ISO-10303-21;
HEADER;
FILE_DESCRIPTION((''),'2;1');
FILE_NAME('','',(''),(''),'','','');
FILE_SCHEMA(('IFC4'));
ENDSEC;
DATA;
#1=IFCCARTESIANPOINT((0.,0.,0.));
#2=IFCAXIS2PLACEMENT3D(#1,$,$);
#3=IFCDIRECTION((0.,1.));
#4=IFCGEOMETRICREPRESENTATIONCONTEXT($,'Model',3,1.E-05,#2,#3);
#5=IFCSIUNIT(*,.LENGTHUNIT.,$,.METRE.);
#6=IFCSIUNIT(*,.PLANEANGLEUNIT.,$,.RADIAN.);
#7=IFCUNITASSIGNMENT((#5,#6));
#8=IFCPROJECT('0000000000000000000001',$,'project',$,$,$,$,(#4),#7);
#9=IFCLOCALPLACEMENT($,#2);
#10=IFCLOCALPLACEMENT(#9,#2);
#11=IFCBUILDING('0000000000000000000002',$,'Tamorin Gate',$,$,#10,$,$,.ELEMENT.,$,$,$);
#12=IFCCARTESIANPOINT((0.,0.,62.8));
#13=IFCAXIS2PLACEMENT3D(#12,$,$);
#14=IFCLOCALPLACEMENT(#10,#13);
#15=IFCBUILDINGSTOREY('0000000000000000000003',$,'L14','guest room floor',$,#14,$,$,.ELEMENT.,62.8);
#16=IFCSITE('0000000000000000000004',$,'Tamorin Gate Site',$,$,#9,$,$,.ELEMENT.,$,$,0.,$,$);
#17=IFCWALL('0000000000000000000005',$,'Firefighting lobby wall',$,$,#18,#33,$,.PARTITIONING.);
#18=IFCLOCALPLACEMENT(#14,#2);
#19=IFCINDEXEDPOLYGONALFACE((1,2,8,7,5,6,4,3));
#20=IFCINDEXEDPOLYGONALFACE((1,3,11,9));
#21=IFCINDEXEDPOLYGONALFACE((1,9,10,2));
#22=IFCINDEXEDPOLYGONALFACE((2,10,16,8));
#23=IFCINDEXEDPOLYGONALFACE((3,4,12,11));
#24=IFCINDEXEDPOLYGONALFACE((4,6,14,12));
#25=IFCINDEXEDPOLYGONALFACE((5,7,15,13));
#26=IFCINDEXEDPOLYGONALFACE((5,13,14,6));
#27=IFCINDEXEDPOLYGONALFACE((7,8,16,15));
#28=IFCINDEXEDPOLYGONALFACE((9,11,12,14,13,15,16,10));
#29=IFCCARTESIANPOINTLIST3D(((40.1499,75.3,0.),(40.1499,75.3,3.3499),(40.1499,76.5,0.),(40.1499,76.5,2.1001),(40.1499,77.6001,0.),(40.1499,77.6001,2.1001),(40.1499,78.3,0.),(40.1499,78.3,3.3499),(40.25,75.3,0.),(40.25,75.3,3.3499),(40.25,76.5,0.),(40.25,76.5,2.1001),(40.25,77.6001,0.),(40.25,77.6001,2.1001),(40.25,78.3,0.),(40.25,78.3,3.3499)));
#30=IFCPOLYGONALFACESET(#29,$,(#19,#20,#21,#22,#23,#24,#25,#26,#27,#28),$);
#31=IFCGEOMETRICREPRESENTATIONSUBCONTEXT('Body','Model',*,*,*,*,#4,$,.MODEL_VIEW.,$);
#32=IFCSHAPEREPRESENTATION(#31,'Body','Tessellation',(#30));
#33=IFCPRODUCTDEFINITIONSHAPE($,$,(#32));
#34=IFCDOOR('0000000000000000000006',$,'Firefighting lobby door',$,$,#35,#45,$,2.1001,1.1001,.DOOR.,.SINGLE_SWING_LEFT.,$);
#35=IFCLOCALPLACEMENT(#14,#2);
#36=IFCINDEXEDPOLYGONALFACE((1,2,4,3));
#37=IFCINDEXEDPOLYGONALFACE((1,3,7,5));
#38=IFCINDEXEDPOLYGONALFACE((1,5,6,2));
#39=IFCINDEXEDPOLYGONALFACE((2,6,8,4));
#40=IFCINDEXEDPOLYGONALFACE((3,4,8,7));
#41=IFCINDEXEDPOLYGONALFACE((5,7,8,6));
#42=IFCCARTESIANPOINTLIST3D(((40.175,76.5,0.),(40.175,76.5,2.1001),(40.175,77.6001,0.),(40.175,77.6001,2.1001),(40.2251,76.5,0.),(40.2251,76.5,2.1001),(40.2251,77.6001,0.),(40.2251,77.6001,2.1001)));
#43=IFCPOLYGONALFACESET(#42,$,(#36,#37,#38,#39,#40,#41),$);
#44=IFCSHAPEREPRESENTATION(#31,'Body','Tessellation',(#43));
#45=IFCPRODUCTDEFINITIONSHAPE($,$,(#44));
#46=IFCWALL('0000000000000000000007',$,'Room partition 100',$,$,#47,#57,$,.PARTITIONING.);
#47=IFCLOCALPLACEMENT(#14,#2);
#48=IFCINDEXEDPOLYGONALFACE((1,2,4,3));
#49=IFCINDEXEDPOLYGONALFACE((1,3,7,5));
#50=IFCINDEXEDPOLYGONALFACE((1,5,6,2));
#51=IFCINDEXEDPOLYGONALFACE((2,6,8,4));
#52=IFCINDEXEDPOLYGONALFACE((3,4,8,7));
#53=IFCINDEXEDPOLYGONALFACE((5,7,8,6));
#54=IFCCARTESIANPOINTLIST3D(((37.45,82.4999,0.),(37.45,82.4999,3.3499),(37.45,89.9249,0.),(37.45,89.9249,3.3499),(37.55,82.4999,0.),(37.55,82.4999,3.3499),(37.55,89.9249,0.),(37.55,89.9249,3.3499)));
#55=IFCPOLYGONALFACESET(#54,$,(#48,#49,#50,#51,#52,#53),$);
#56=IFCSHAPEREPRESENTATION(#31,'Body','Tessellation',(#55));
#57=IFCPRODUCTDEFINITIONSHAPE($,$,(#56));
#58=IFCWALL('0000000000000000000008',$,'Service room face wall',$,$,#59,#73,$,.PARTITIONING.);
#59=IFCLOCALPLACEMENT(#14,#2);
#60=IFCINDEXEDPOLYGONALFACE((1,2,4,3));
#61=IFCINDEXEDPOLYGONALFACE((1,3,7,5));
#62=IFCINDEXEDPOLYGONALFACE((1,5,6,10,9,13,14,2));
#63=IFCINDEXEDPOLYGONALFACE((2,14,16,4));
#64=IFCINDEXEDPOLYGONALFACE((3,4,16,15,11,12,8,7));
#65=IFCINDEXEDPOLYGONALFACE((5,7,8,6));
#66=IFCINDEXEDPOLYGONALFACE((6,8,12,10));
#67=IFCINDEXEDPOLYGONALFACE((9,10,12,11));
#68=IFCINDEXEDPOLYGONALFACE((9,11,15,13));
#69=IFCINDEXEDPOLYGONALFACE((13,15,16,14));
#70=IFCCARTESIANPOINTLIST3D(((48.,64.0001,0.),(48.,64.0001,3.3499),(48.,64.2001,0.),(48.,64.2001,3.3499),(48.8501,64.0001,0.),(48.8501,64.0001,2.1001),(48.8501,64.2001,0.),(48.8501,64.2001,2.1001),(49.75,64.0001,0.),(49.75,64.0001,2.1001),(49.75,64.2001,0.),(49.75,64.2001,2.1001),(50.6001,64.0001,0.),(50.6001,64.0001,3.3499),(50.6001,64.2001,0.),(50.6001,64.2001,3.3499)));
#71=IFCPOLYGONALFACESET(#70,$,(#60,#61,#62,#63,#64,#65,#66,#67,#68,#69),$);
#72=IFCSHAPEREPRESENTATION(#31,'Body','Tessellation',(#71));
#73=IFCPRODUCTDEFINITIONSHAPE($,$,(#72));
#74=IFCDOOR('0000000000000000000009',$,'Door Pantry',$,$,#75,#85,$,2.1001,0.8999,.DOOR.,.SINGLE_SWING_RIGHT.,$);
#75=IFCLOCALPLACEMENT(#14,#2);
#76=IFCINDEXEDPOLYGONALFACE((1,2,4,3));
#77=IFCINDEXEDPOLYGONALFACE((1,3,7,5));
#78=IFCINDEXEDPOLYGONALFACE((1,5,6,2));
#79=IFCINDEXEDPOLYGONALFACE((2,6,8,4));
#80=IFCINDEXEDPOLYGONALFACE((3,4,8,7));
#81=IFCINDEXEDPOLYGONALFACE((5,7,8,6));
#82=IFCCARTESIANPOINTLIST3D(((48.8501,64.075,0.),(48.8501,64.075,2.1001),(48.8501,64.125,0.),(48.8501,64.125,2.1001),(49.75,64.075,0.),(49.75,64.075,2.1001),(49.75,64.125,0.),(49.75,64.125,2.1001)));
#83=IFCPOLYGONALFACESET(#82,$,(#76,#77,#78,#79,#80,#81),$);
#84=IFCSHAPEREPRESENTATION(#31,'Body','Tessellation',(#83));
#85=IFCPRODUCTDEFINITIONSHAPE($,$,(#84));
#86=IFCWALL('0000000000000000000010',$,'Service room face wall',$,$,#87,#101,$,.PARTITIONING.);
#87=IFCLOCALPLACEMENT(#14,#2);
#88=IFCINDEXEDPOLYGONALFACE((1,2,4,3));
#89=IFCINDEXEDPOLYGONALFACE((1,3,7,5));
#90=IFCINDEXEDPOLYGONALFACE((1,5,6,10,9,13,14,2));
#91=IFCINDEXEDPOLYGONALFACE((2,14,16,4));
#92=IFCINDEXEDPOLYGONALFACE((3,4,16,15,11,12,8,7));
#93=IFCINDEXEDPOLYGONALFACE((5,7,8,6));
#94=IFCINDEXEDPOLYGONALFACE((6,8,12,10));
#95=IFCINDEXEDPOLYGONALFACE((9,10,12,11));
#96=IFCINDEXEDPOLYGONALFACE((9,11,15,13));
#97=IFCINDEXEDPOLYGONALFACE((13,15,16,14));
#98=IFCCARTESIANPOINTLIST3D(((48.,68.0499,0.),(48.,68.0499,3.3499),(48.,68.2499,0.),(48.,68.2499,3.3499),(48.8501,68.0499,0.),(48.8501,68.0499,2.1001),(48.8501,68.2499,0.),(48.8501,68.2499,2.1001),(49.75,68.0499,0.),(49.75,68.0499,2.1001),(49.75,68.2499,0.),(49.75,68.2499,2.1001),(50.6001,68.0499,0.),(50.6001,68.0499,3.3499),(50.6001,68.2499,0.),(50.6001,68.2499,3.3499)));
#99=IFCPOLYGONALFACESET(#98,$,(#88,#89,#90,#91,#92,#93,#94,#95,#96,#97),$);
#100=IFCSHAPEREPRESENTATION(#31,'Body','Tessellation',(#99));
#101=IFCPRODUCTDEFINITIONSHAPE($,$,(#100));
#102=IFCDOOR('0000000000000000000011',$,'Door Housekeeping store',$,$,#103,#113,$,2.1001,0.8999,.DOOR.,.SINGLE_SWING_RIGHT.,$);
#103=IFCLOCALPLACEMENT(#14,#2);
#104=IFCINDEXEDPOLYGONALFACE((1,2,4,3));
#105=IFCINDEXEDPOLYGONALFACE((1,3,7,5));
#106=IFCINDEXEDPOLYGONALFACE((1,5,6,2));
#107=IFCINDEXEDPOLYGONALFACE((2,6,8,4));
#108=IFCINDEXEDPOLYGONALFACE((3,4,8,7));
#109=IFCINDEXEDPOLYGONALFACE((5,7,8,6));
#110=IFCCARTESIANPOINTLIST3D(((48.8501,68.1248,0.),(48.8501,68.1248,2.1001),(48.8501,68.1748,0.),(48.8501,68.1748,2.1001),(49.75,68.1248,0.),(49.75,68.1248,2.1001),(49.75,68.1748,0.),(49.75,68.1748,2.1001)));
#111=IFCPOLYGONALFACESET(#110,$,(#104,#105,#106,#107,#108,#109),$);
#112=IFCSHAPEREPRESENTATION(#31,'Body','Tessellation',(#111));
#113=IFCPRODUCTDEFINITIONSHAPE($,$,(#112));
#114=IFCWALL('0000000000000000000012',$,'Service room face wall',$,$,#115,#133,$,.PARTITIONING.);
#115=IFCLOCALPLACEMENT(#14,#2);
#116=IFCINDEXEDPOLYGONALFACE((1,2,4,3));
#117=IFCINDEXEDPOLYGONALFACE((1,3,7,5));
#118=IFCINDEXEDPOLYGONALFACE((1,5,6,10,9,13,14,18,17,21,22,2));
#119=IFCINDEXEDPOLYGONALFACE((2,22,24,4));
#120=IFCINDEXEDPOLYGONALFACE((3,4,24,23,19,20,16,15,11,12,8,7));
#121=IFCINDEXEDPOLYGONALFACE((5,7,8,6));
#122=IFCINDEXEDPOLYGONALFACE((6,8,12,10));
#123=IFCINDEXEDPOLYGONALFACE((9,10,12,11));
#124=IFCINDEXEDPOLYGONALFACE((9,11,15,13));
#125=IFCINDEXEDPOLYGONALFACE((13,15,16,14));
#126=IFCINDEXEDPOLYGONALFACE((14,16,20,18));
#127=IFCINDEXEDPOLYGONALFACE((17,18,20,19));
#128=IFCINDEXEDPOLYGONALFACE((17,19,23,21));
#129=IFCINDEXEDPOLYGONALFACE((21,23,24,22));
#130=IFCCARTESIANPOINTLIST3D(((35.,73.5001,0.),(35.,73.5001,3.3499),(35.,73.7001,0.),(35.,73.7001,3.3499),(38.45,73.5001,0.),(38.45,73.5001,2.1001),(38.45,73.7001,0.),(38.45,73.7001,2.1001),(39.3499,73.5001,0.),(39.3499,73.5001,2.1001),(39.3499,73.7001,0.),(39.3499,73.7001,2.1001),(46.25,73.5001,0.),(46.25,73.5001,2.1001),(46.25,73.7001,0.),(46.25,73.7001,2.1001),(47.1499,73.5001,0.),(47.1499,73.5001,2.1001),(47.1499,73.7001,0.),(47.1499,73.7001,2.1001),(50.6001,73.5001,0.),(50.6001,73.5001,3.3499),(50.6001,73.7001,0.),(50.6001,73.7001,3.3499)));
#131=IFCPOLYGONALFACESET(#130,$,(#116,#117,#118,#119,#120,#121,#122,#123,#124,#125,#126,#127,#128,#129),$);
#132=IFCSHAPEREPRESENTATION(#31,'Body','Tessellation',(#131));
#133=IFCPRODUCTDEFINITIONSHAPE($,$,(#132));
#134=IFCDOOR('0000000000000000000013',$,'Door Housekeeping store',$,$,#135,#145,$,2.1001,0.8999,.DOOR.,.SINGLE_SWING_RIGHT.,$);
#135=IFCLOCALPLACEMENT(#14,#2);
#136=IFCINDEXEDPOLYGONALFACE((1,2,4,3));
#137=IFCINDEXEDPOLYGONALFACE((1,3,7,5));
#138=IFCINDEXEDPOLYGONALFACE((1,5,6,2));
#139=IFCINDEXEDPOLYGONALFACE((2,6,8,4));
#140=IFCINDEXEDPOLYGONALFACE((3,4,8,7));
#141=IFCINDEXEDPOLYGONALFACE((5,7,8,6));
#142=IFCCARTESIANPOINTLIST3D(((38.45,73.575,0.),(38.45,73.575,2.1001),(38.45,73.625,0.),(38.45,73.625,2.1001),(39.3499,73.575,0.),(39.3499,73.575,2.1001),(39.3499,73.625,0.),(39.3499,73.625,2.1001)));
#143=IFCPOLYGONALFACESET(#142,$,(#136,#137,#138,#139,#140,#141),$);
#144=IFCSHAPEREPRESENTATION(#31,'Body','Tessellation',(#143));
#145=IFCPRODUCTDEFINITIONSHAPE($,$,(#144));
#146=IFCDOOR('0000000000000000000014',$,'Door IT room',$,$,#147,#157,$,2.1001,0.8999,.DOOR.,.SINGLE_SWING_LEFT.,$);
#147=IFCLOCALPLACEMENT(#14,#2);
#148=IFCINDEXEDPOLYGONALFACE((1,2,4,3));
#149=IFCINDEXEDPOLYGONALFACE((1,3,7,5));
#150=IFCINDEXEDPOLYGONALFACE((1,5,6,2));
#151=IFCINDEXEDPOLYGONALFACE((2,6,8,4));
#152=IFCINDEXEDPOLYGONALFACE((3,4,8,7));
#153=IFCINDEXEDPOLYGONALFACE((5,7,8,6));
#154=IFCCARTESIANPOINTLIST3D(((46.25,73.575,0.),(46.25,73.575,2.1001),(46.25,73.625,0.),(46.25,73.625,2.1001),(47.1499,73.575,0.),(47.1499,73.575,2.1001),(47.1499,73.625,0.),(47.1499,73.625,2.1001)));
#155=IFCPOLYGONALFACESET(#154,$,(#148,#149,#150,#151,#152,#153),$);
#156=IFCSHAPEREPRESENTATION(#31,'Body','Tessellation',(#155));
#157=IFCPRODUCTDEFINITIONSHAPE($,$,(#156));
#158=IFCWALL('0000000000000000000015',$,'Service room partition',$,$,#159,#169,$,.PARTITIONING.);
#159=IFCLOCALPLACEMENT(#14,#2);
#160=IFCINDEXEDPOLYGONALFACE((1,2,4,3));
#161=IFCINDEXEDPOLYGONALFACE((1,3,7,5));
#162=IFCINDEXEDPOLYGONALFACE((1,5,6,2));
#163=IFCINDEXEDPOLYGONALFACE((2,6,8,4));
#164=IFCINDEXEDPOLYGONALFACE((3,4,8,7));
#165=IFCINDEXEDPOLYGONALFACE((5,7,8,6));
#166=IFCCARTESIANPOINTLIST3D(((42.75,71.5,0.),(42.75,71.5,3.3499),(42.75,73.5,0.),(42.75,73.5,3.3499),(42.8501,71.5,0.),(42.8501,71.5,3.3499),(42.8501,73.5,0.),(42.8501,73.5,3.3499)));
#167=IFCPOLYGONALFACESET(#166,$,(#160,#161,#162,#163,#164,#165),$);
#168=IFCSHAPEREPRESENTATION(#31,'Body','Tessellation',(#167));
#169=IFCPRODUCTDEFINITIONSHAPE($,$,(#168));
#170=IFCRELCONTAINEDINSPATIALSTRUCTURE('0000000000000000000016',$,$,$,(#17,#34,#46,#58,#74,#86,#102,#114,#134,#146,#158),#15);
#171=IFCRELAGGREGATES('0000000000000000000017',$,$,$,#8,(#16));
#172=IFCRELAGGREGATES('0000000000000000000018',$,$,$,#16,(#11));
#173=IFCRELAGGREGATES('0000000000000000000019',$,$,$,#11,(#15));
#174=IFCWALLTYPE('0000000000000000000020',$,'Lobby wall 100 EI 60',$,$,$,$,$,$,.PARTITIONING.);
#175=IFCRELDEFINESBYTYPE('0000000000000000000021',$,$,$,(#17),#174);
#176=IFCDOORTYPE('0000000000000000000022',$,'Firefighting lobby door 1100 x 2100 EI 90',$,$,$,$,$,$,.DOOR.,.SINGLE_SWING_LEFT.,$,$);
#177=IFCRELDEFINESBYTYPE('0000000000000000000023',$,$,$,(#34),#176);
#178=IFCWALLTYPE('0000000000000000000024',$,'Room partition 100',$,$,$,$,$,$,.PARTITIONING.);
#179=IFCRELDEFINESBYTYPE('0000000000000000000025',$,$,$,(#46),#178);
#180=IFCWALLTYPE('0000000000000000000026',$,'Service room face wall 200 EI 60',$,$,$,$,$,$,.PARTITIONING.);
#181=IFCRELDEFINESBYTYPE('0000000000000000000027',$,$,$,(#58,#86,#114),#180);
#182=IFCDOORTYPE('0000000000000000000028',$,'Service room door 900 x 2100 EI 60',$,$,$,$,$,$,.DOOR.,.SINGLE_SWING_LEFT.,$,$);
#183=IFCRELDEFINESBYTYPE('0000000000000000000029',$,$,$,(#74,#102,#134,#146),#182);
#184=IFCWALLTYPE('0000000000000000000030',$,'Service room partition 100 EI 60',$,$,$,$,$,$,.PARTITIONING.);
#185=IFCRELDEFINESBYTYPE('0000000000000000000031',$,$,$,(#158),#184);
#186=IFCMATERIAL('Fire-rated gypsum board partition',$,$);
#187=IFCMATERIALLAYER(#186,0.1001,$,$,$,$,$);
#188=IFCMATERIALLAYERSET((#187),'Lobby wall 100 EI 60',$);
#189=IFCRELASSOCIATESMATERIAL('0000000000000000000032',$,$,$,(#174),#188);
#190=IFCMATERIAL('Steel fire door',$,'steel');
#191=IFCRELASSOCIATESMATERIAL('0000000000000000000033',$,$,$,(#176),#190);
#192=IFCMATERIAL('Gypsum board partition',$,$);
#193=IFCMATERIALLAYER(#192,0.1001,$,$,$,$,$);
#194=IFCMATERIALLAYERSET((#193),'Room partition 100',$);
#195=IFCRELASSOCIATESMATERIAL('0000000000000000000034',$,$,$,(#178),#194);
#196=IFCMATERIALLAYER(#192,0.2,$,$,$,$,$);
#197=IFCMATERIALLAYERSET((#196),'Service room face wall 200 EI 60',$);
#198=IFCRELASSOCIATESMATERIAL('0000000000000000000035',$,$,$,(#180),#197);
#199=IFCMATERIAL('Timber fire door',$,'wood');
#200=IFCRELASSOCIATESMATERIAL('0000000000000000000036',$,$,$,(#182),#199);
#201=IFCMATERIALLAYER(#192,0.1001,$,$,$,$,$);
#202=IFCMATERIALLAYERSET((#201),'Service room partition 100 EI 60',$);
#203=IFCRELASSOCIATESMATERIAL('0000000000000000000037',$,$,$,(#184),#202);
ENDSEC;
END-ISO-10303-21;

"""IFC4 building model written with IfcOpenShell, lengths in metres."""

from ifc_helpers import new_model, si_unit, direction, frame, frame_2d, origin, place, context, subcontext, project, spatial, rectangle, extrude, material, layer, layer_set, type_object, element, fill, save


model = new_model("IFC4")

# Units and contexts
model_context = context("Model", 3, precision=1e-05, world=origin(), true_north=direction((0.0, 1.0)))
body_context = subcontext(model_context, "Body", "Model", "MODEL_VIEW")
ifc_project = project(units=[si_unit("LENGTHUNIT", "METRE"), si_unit("PLANEANGLEUNIT", "RADIAN")], contexts=[model_context])

# Site, building, storey
site_placement = place(None, origin())
site = spatial("IfcSite", under=ifc_project, at=site_placement, Name="Tamorin Gate Site", CompositionType="ELEMENT", RefElevation=0.0)
building_placement = place(site_placement, origin())
building = spatial("IfcBuilding", under=site, at=building_placement, Name="Tamorin Gate", CompositionType="ELEMENT")
storey_placement = place(building_placement, frame((0.0, 0.0, 62.8)))
storey = spatial("IfcBuildingStorey", under=building, at=storey_placement, Name="L14", Description="guest room floor", CompositionType="ELEMENT", Elevation=62.8)

# Shared definitions
ifc_material_1 = material(Name="Fire-rated gypsum board partition")
ifc_layer_1 = layer(ifc_material_1, 0.1001)
ifc_layer_set_1 = layer_set([ifc_layer_1], Name="Lobby wall 100 EI 60")
wall_type_1 = type_object("IfcWallType", Name="Lobby wall 100 EI 60", PredefinedType="PARTITIONING", material=ifc_layer_set_1)

# Wall, opening, door
wall_1_placement = place(storey_placement, frame((40.2, 75.3, 0.0), z_axis=(0.0, 0.0, 1.0), x_axis=(0.0, 1.0, 0.0)))
wall_1 = element("IfcWall", 1, at=wall_1_placement, inside=storey, type_object=wall_type_1, Name="Firefighting lobby wall", PredefinedType="PARTITIONING", context=body_context, shape_type="SweptSolid", body=[
    extrude(rectangle(XDim=3.0, YDim=0.1001, at=frame_2d((1.5, 0.0))), origin(), (0.0, 0.0, 1.0), 3.3499),
])
opening_1_placement = place(wall_1_placement, frame((1.2, 0.0, 0.0)))
opening_1 = element("IfcOpeningElement", 2, at=opening_1_placement, cuts=wall_1, PredefinedType="OPENING", context=body_context, shape_type="SweptSolid", body=[
    extrude(rectangle(XDim=1.1001, YDim=2.1001, at=frame_2d((0.55, 1.05))), frame((0.0, 0.0601, 0.0), z_axis=(0.0, -1.0, 0.0), x_axis=(1.0, 0.0, 0.0)), (0.0, 0.0, 1.0), 0.1201),
])
ifc_material_2 = material(Name="Steel fire door", Category="steel")
door_type_1 = type_object("IfcDoorType", Name="Firefighting lobby door 1100 x 2100 EI 90", OperationType="SINGLE_SWING_LEFT", PredefinedType="DOOR", material=ifc_material_2)
door_1_placement = place(opening_1_placement, origin())
door_1 = element("IfcDoor", 3, at=door_1_placement, inside=storey, type_object=door_type_1, Name="Firefighting lobby door", OperationType="SINGLE_SWING_LEFT", OverallHeight=2.1001, OverallWidth=1.1001, PredefinedType="DOOR", context=body_context, shape_type="SweptSolid", body=[
    extrude(rectangle(XDim=1.1001, YDim=2.1001, at=frame_2d((0.55, 1.05))), frame((0.0, 0.0249, 0.0), z_axis=(0.0, -1.0, 0.0), x_axis=(1.0, 0.0, 0.0)), (0.0, 0.0, 1.0), 0.05),
])
fill(opening_1, door_1)

# Wall
ifc_material_3 = material(Name="Gypsum board partition")
ifc_layer_2 = layer(ifc_material_3, 0.1001)
ifc_layer_set_2 = layer_set([ifc_layer_2], Name="Room partition 100")
wall_type_2 = type_object("IfcWallType", Name="Room partition 100", PredefinedType="PARTITIONING", material=ifc_layer_set_2)
wall_2_placement = place(storey_placement, frame((37.5, 82.5, 0.0), z_axis=(0.0, 0.0, 1.0), x_axis=(0.0, 1.0, 0.0)))
element("IfcWall", 4, at=wall_2_placement, inside=storey, type_object=wall_type_2, Name="Room partition 100", PredefinedType="PARTITIONING", context=body_context, shape_type="SweptSolid", body=[
    extrude(rectangle(XDim=7.425, YDim=0.1001, at=frame_2d((3.7124, 0.0))), origin(), (0.0, 0.0, 1.0), 3.3499),
])

# Walls, openings, doors
ifc_layer_3 = layer(ifc_material_3, 0.2)
ifc_layer_set_3 = layer_set([ifc_layer_3], Name="Service room face wall 200 EI 60")
wall_type_3 = type_object("IfcWallType", Name="Service room face wall 200 EI 60", PredefinedType="PARTITIONING", material=ifc_layer_set_3)
wall_3_placement = place(storey_placement, frame((48.0, 64.1001, 0.0), z_axis=(0.0, 0.0, 1.0), x_axis=(1.0, 0.0, 0.0)))
wall_3 = element("IfcWall", 5, at=wall_3_placement, inside=storey, type_object=wall_type_3, Name="Service room face wall", PredefinedType="PARTITIONING", context=body_context, shape_type="SweptSolid", body=[
    extrude(rectangle(XDim=2.6001, YDim=0.2, at=frame_2d((1.3, 0.0))), origin(), (0.0, 0.0, 1.0), 3.3499),
])
opening_2_placement = place(wall_3_placement, frame((0.8501, 0.0, 0.0)))
opening_2 = element("IfcOpeningElement", 6, at=opening_2_placement, cuts=wall_3, PredefinedType="OPENING", context=body_context, shape_type="SweptSolid", body=[
    extrude(rectangle(XDim=0.8999, YDim=2.1001, at=frame_2d((0.45, 1.05))), frame((0.0, 0.1099, 0.0), z_axis=(0.0, -1.0, 0.0), x_axis=(1.0, 0.0, 0.0)), (0.0, 0.0, 1.0), 0.22),
])
ifc_material_4 = material(Name="Timber fire door", Category="wood")
door_type_2 = type_object("IfcDoorType", Name="Service room door 900 x 2100 EI 60", OperationType="SINGLE_SWING_LEFT", PredefinedType="DOOR", material=ifc_material_4)
door_2_placement = place(opening_2_placement, origin())
door_2 = element("IfcDoor", 7, at=door_2_placement, inside=storey, type_object=door_type_2, Name="Door Pantry", OperationType="SINGLE_SWING_RIGHT", OverallHeight=2.1001, OverallWidth=0.8999, PredefinedType="DOOR", context=body_context, shape_type="SweptSolid", body=[
    extrude(rectangle(XDim=0.8999, YDim=2.1001, at=frame_2d((0.45, 1.05))), frame((0.0, 0.0249, 0.0), z_axis=(0.0, -1.0, 0.0), x_axis=(1.0, 0.0, 0.0)), (0.0, 0.0, 1.0), 0.05),
])
fill(opening_2, door_2)
wall_4_placement = place(storey_placement, frame((48.0, 68.1499, 0.0), z_axis=(0.0, 0.0, 1.0), x_axis=(1.0, 0.0, 0.0)))
wall_4 = element("IfcWall", 8, at=wall_4_placement, inside=storey, type_object=wall_type_3, Name="Service room face wall", PredefinedType="PARTITIONING", context=body_context, shape_type="SweptSolid", body=[
    extrude(rectangle(XDim=2.6001, YDim=0.2, at=frame_2d((1.3, 0.0))), origin(), (0.0, 0.0, 1.0), 3.3499),
])
opening_3_placement = place(wall_4_placement, frame((0.8501, 0.0, 0.0)))
opening_3 = element("IfcOpeningElement", 9, at=opening_3_placement, cuts=wall_4, PredefinedType="OPENING", context=body_context, shape_type="SweptSolid", body=[
    extrude(rectangle(XDim=0.8999, YDim=2.1001, at=frame_2d((0.45, 1.05))), frame((0.0, 0.1099, 0.0), z_axis=(0.0, -1.0, 0.0), x_axis=(1.0, 0.0, 0.0)), (0.0, 0.0, 1.0), 0.22),
])
door_3_placement = place(opening_3_placement, origin())
door_3 = element("IfcDoor", 10, at=door_3_placement, inside=storey, type_object=door_type_2, Name="Door Housekeeping store", OperationType="SINGLE_SWING_RIGHT", OverallHeight=2.1001, OverallWidth=0.8999, PredefinedType="DOOR", context=body_context, shape_type="SweptSolid", body=[
    extrude(rectangle(XDim=0.8999, YDim=2.1001, at=frame_2d((0.45, 1.05))), frame((0.0, 0.0249, 0.0), z_axis=(0.0, -1.0, 0.0), x_axis=(1.0, 0.0, 0.0)), (0.0, 0.0, 1.0), 0.05),
])
fill(opening_3, door_3)

# Wall, openings, doors
wall_5_placement = place(storey_placement, frame((35.0, 73.6001, 0.0), z_axis=(0.0, 0.0, 1.0), x_axis=(1.0, 0.0, 0.0)))
wall_5 = element("IfcWall", 11, at=wall_5_placement, inside=storey, type_object=wall_type_3, Name="Service room face wall", PredefinedType="PARTITIONING", context=body_context, shape_type="SweptSolid", body=[
    extrude(rectangle(XDim=15.6001, YDim=0.2, at=frame_2d((7.8, 0.0))), origin(), (0.0, 0.0, 1.0), 3.3499),
])
opening_4_placement = place(wall_5_placement, frame((3.45, 0.0, 0.0)))
opening_4 = element("IfcOpeningElement", 12, at=opening_4_placement, cuts=wall_5, PredefinedType="OPENING", context=body_context, shape_type="SweptSolid", body=[
    extrude(rectangle(XDim=0.8999, YDim=2.1001, at=frame_2d((0.45, 1.05))), frame((0.0, 0.1099, 0.0), z_axis=(0.0, -1.0, 0.0), x_axis=(1.0, 0.0, 0.0)), (0.0, 0.0, 1.0), 0.22),
])
opening_5_placement = place(wall_5_placement, frame((11.25, 0.0, 0.0)))
opening_5 = element("IfcOpeningElement", 13, at=opening_5_placement, cuts=wall_5, PredefinedType="OPENING", context=body_context, shape_type="SweptSolid", body=[
    extrude(rectangle(XDim=0.8999, YDim=2.1001, at=frame_2d((0.45, 1.05))), frame((0.0, 0.1099, 0.0), z_axis=(0.0, -1.0, 0.0), x_axis=(1.0, 0.0, 0.0)), (0.0, 0.0, 1.0), 0.22),
])
door_4_placement = place(opening_4_placement, origin())
door_4 = element("IfcDoor", 14, at=door_4_placement, inside=storey, type_object=door_type_2, Name="Door Housekeeping store", OperationType="SINGLE_SWING_RIGHT", OverallHeight=2.1001, OverallWidth=0.8999, PredefinedType="DOOR", context=body_context, shape_type="SweptSolid", body=[
    extrude(rectangle(XDim=0.8999, YDim=2.1001, at=frame_2d((0.45, 1.05))), frame((0.0, 0.0249, 0.0), z_axis=(0.0, -1.0, 0.0), x_axis=(1.0, 0.0, 0.0)), (0.0, 0.0, 1.0), 0.05),
])
fill(opening_4, door_4)
door_5_placement = place(opening_5_placement, origin())
door_5 = element("IfcDoor", 15, at=door_5_placement, inside=storey, type_object=door_type_2, Name="Door IT room", OperationType="SINGLE_SWING_LEFT", OverallHeight=2.1001, OverallWidth=0.8999, PredefinedType="DOOR", context=body_context, shape_type="SweptSolid", body=[
    extrude(rectangle(XDim=0.8999, YDim=2.1001, at=frame_2d((0.45, 1.05))), frame((0.0, 0.0249, 0.0), z_axis=(0.0, -1.0, 0.0), x_axis=(1.0, 0.0, 0.0)), (0.0, 0.0, 1.0), 0.05),
])
fill(opening_5, door_5)

# Wall
ifc_layer_4 = layer(ifc_material_3, 0.1001)
ifc_layer_set_4 = layer_set([ifc_layer_4], Name="Service room partition 100 EI 60")
wall_type_4 = type_object("IfcWallType", Name="Service room partition 100 EI 60", PredefinedType="PARTITIONING", material=ifc_layer_set_4)
wall_6_placement = place(storey_placement, frame((42.8, 71.5, 0.0), z_axis=(0.0, 0.0, 1.0), x_axis=(0.0, 1.0, 0.0)))
element("IfcWall", 16, at=wall_6_placement, inside=storey, type_object=wall_type_4, Name="Service room partition", PredefinedType="PARTITIONING", context=body_context, shape_type="SweptSolid", body=[
    extrude(rectangle(XDim=2.0, YDim=0.1001, at=frame_2d((1.0, 0.0))), origin(), (0.0, 0.0, 1.0), 3.3499),
])

save(model, "model.ifc")
